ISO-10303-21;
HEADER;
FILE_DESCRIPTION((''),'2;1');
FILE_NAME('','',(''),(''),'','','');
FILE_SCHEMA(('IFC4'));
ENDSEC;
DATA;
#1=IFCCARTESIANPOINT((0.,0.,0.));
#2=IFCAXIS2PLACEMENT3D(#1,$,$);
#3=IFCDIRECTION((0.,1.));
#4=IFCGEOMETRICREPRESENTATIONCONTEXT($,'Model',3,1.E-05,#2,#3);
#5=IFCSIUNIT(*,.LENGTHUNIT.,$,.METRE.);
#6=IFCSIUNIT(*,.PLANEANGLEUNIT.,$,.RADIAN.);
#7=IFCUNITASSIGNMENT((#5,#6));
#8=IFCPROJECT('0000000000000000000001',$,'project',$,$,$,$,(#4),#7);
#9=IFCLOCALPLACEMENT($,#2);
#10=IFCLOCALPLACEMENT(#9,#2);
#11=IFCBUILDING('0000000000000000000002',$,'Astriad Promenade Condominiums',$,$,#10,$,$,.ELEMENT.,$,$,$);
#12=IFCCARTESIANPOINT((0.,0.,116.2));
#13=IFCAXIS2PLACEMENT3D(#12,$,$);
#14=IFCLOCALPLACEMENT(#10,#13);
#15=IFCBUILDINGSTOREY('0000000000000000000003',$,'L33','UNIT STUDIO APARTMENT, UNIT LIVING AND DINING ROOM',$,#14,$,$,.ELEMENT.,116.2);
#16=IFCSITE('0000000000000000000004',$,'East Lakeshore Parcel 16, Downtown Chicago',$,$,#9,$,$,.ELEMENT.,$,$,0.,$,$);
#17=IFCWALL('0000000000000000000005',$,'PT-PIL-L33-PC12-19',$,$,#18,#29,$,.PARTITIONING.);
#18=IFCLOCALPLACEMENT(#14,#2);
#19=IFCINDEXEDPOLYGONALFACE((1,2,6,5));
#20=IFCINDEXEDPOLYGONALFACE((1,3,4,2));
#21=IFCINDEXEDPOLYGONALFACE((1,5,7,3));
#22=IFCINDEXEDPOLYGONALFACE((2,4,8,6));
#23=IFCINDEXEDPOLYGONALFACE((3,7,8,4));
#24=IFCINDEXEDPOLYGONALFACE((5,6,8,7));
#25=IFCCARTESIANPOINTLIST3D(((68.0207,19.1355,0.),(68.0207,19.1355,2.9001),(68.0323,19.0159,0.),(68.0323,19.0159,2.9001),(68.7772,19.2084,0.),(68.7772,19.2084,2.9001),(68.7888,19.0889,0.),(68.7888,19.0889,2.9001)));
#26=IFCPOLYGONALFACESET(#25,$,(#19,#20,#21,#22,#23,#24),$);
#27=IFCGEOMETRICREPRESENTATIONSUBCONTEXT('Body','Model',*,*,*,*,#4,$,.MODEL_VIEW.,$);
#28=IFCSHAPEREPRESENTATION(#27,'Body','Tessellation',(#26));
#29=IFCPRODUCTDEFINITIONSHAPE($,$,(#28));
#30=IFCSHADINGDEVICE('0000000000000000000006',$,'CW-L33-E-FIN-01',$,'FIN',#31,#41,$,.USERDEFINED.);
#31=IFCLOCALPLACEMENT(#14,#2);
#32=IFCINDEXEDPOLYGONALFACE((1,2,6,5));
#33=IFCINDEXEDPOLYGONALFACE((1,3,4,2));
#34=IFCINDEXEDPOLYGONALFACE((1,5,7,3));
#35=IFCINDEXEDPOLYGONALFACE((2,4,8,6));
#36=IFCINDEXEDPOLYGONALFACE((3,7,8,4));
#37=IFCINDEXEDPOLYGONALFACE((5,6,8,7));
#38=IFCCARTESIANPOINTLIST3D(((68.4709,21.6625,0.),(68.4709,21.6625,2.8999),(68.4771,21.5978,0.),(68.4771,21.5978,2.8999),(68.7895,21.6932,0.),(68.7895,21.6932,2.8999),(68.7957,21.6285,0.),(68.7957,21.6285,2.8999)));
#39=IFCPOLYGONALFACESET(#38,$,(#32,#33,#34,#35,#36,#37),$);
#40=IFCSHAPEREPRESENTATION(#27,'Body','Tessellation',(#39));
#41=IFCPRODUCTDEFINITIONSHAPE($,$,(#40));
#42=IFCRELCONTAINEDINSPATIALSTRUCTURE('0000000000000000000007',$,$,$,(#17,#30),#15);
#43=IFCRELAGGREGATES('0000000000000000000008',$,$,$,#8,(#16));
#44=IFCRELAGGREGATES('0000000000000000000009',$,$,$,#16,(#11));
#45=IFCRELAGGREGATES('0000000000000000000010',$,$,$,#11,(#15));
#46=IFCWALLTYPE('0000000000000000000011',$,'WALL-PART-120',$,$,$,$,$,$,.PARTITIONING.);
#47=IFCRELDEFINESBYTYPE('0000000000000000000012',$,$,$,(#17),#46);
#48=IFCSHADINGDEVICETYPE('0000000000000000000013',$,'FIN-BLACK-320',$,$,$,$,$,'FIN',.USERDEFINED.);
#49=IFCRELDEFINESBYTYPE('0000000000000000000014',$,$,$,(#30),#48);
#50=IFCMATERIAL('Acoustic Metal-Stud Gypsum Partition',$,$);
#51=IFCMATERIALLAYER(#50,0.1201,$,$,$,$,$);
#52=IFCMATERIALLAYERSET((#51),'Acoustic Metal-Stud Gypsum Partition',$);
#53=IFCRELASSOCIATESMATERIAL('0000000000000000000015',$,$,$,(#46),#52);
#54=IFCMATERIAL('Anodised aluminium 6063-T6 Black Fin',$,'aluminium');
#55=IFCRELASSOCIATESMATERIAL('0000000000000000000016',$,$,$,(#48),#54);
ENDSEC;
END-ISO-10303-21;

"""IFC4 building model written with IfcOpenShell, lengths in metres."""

from ifc_helpers import new_model, si_unit, direction, frame, frame_2d, origin, origin_2d, place, context, subcontext, project, spatial, rectangle, extrude, source, transform, mapped, material, layer, layer_set, type_object, type_shapes, element, save


model = new_model("IFC4")

# Units and contexts
model_context = context("Model", 3, precision=1e-05, world=origin(), true_north=direction((0.0, 1.0)))
body_context = subcontext(model_context, "Body", "Model", "MODEL_VIEW")
ifc_project = project(units=[si_unit("LENGTHUNIT", "METRE"), si_unit("PLANEANGLEUNIT", "RADIAN")], contexts=[model_context])

# Site, building, storey
site_placement = place(None, origin())
site = spatial("IfcSite", under=ifc_project, at=site_placement, Name="East Lakeshore Parcel 16, Downtown Chicago", CompositionType="ELEMENT", RefElevation=0.0)
building_placement = place(site_placement, origin())
building = spatial("IfcBuilding", under=site, at=building_placement, Name="Astriad Promenade Condominiums", CompositionType="ELEMENT")
storey_placement = place(building_placement, frame((0.0, 0.0, 116.2)))
storey = spatial("IfcBuildingStorey", under=building, at=storey_placement, Name="L33", Description="UNIT STUDIO APARTMENT, UNIT LIVING AND DINING ROOM", CompositionType="ELEMENT", Elevation=116.2)

# Wall
ifc_material_1 = material(Name="Acoustic Metal-Stud Gypsum Partition")
ifc_layer_1 = layer(ifc_material_1, 0.1201)
ifc_layer_set_1 = layer_set([ifc_layer_1], Name="Acoustic Metal-Stud Gypsum Partition")
wall_type_1 = type_object("IfcWallType", Name="WALL-PART-120", PredefinedType="PARTITIONING", material=ifc_layer_set_1)
wall_1_placement = place(storey_placement, frame((68.0266, 19.0757, 0.0), z_axis=(0.0, 0.0, 1.0), x_axis=(0.995378, 0.096037, 0.0)))
element("IfcWall", 1, at=wall_1_placement, inside=storey, type_object=wall_type_1, Name="PT-PIL-L33-PC12-19", PredefinedType="PARTITIONING", context=body_context, shape_type="SweptSolid", body=[
    extrude(rectangle(XDim=0.76, YDim=0.1201, at=frame_2d((0.3799, 0.0))), origin(), (0.0, 0.0, 1.0), 2.9001),
])

# Shading device
ifc_material_2 = material(Name="Anodised aluminium 6063-T6 Black Fin", Category="aluminium")
shading_device_type = type_object("IfcShadingDeviceType", Name="FIN-BLACK-320", ElementType="FIN", PredefinedType="USERDEFINED", material=ifc_material_2)
shared_shape_1 = source(origin(), body_context, "Body", "SweptSolid", [
    extrude(rectangle(XDim=0.0649, YDim=0.3201, at=origin_2d()), origin(), (0.0, 0.0, 1.0), 2.8999),
])
type_shapes(shading_device_type, [shared_shape_1])
shading_device_placement = place(storey_placement, frame((68.6333, 21.6455, 0.0), z_axis=(0.0, 0.0, 1.0), x_axis=(0.095846, -0.995396, 0.0)))
element("IfcShadingDevice", 2, at=shading_device_placement, inside=storey, type_object=shading_device_type, Name="CW-L33-E-FIN-01", ObjectType="FIN", PredefinedType="USERDEFINED", context=body_context, shape_type="MappedRepresentation", body=[
    mapped(shared_shape_1, transform((0.0, 0.0, 0.0), scale=1.0)),
])

save(model, "model.ifc")
